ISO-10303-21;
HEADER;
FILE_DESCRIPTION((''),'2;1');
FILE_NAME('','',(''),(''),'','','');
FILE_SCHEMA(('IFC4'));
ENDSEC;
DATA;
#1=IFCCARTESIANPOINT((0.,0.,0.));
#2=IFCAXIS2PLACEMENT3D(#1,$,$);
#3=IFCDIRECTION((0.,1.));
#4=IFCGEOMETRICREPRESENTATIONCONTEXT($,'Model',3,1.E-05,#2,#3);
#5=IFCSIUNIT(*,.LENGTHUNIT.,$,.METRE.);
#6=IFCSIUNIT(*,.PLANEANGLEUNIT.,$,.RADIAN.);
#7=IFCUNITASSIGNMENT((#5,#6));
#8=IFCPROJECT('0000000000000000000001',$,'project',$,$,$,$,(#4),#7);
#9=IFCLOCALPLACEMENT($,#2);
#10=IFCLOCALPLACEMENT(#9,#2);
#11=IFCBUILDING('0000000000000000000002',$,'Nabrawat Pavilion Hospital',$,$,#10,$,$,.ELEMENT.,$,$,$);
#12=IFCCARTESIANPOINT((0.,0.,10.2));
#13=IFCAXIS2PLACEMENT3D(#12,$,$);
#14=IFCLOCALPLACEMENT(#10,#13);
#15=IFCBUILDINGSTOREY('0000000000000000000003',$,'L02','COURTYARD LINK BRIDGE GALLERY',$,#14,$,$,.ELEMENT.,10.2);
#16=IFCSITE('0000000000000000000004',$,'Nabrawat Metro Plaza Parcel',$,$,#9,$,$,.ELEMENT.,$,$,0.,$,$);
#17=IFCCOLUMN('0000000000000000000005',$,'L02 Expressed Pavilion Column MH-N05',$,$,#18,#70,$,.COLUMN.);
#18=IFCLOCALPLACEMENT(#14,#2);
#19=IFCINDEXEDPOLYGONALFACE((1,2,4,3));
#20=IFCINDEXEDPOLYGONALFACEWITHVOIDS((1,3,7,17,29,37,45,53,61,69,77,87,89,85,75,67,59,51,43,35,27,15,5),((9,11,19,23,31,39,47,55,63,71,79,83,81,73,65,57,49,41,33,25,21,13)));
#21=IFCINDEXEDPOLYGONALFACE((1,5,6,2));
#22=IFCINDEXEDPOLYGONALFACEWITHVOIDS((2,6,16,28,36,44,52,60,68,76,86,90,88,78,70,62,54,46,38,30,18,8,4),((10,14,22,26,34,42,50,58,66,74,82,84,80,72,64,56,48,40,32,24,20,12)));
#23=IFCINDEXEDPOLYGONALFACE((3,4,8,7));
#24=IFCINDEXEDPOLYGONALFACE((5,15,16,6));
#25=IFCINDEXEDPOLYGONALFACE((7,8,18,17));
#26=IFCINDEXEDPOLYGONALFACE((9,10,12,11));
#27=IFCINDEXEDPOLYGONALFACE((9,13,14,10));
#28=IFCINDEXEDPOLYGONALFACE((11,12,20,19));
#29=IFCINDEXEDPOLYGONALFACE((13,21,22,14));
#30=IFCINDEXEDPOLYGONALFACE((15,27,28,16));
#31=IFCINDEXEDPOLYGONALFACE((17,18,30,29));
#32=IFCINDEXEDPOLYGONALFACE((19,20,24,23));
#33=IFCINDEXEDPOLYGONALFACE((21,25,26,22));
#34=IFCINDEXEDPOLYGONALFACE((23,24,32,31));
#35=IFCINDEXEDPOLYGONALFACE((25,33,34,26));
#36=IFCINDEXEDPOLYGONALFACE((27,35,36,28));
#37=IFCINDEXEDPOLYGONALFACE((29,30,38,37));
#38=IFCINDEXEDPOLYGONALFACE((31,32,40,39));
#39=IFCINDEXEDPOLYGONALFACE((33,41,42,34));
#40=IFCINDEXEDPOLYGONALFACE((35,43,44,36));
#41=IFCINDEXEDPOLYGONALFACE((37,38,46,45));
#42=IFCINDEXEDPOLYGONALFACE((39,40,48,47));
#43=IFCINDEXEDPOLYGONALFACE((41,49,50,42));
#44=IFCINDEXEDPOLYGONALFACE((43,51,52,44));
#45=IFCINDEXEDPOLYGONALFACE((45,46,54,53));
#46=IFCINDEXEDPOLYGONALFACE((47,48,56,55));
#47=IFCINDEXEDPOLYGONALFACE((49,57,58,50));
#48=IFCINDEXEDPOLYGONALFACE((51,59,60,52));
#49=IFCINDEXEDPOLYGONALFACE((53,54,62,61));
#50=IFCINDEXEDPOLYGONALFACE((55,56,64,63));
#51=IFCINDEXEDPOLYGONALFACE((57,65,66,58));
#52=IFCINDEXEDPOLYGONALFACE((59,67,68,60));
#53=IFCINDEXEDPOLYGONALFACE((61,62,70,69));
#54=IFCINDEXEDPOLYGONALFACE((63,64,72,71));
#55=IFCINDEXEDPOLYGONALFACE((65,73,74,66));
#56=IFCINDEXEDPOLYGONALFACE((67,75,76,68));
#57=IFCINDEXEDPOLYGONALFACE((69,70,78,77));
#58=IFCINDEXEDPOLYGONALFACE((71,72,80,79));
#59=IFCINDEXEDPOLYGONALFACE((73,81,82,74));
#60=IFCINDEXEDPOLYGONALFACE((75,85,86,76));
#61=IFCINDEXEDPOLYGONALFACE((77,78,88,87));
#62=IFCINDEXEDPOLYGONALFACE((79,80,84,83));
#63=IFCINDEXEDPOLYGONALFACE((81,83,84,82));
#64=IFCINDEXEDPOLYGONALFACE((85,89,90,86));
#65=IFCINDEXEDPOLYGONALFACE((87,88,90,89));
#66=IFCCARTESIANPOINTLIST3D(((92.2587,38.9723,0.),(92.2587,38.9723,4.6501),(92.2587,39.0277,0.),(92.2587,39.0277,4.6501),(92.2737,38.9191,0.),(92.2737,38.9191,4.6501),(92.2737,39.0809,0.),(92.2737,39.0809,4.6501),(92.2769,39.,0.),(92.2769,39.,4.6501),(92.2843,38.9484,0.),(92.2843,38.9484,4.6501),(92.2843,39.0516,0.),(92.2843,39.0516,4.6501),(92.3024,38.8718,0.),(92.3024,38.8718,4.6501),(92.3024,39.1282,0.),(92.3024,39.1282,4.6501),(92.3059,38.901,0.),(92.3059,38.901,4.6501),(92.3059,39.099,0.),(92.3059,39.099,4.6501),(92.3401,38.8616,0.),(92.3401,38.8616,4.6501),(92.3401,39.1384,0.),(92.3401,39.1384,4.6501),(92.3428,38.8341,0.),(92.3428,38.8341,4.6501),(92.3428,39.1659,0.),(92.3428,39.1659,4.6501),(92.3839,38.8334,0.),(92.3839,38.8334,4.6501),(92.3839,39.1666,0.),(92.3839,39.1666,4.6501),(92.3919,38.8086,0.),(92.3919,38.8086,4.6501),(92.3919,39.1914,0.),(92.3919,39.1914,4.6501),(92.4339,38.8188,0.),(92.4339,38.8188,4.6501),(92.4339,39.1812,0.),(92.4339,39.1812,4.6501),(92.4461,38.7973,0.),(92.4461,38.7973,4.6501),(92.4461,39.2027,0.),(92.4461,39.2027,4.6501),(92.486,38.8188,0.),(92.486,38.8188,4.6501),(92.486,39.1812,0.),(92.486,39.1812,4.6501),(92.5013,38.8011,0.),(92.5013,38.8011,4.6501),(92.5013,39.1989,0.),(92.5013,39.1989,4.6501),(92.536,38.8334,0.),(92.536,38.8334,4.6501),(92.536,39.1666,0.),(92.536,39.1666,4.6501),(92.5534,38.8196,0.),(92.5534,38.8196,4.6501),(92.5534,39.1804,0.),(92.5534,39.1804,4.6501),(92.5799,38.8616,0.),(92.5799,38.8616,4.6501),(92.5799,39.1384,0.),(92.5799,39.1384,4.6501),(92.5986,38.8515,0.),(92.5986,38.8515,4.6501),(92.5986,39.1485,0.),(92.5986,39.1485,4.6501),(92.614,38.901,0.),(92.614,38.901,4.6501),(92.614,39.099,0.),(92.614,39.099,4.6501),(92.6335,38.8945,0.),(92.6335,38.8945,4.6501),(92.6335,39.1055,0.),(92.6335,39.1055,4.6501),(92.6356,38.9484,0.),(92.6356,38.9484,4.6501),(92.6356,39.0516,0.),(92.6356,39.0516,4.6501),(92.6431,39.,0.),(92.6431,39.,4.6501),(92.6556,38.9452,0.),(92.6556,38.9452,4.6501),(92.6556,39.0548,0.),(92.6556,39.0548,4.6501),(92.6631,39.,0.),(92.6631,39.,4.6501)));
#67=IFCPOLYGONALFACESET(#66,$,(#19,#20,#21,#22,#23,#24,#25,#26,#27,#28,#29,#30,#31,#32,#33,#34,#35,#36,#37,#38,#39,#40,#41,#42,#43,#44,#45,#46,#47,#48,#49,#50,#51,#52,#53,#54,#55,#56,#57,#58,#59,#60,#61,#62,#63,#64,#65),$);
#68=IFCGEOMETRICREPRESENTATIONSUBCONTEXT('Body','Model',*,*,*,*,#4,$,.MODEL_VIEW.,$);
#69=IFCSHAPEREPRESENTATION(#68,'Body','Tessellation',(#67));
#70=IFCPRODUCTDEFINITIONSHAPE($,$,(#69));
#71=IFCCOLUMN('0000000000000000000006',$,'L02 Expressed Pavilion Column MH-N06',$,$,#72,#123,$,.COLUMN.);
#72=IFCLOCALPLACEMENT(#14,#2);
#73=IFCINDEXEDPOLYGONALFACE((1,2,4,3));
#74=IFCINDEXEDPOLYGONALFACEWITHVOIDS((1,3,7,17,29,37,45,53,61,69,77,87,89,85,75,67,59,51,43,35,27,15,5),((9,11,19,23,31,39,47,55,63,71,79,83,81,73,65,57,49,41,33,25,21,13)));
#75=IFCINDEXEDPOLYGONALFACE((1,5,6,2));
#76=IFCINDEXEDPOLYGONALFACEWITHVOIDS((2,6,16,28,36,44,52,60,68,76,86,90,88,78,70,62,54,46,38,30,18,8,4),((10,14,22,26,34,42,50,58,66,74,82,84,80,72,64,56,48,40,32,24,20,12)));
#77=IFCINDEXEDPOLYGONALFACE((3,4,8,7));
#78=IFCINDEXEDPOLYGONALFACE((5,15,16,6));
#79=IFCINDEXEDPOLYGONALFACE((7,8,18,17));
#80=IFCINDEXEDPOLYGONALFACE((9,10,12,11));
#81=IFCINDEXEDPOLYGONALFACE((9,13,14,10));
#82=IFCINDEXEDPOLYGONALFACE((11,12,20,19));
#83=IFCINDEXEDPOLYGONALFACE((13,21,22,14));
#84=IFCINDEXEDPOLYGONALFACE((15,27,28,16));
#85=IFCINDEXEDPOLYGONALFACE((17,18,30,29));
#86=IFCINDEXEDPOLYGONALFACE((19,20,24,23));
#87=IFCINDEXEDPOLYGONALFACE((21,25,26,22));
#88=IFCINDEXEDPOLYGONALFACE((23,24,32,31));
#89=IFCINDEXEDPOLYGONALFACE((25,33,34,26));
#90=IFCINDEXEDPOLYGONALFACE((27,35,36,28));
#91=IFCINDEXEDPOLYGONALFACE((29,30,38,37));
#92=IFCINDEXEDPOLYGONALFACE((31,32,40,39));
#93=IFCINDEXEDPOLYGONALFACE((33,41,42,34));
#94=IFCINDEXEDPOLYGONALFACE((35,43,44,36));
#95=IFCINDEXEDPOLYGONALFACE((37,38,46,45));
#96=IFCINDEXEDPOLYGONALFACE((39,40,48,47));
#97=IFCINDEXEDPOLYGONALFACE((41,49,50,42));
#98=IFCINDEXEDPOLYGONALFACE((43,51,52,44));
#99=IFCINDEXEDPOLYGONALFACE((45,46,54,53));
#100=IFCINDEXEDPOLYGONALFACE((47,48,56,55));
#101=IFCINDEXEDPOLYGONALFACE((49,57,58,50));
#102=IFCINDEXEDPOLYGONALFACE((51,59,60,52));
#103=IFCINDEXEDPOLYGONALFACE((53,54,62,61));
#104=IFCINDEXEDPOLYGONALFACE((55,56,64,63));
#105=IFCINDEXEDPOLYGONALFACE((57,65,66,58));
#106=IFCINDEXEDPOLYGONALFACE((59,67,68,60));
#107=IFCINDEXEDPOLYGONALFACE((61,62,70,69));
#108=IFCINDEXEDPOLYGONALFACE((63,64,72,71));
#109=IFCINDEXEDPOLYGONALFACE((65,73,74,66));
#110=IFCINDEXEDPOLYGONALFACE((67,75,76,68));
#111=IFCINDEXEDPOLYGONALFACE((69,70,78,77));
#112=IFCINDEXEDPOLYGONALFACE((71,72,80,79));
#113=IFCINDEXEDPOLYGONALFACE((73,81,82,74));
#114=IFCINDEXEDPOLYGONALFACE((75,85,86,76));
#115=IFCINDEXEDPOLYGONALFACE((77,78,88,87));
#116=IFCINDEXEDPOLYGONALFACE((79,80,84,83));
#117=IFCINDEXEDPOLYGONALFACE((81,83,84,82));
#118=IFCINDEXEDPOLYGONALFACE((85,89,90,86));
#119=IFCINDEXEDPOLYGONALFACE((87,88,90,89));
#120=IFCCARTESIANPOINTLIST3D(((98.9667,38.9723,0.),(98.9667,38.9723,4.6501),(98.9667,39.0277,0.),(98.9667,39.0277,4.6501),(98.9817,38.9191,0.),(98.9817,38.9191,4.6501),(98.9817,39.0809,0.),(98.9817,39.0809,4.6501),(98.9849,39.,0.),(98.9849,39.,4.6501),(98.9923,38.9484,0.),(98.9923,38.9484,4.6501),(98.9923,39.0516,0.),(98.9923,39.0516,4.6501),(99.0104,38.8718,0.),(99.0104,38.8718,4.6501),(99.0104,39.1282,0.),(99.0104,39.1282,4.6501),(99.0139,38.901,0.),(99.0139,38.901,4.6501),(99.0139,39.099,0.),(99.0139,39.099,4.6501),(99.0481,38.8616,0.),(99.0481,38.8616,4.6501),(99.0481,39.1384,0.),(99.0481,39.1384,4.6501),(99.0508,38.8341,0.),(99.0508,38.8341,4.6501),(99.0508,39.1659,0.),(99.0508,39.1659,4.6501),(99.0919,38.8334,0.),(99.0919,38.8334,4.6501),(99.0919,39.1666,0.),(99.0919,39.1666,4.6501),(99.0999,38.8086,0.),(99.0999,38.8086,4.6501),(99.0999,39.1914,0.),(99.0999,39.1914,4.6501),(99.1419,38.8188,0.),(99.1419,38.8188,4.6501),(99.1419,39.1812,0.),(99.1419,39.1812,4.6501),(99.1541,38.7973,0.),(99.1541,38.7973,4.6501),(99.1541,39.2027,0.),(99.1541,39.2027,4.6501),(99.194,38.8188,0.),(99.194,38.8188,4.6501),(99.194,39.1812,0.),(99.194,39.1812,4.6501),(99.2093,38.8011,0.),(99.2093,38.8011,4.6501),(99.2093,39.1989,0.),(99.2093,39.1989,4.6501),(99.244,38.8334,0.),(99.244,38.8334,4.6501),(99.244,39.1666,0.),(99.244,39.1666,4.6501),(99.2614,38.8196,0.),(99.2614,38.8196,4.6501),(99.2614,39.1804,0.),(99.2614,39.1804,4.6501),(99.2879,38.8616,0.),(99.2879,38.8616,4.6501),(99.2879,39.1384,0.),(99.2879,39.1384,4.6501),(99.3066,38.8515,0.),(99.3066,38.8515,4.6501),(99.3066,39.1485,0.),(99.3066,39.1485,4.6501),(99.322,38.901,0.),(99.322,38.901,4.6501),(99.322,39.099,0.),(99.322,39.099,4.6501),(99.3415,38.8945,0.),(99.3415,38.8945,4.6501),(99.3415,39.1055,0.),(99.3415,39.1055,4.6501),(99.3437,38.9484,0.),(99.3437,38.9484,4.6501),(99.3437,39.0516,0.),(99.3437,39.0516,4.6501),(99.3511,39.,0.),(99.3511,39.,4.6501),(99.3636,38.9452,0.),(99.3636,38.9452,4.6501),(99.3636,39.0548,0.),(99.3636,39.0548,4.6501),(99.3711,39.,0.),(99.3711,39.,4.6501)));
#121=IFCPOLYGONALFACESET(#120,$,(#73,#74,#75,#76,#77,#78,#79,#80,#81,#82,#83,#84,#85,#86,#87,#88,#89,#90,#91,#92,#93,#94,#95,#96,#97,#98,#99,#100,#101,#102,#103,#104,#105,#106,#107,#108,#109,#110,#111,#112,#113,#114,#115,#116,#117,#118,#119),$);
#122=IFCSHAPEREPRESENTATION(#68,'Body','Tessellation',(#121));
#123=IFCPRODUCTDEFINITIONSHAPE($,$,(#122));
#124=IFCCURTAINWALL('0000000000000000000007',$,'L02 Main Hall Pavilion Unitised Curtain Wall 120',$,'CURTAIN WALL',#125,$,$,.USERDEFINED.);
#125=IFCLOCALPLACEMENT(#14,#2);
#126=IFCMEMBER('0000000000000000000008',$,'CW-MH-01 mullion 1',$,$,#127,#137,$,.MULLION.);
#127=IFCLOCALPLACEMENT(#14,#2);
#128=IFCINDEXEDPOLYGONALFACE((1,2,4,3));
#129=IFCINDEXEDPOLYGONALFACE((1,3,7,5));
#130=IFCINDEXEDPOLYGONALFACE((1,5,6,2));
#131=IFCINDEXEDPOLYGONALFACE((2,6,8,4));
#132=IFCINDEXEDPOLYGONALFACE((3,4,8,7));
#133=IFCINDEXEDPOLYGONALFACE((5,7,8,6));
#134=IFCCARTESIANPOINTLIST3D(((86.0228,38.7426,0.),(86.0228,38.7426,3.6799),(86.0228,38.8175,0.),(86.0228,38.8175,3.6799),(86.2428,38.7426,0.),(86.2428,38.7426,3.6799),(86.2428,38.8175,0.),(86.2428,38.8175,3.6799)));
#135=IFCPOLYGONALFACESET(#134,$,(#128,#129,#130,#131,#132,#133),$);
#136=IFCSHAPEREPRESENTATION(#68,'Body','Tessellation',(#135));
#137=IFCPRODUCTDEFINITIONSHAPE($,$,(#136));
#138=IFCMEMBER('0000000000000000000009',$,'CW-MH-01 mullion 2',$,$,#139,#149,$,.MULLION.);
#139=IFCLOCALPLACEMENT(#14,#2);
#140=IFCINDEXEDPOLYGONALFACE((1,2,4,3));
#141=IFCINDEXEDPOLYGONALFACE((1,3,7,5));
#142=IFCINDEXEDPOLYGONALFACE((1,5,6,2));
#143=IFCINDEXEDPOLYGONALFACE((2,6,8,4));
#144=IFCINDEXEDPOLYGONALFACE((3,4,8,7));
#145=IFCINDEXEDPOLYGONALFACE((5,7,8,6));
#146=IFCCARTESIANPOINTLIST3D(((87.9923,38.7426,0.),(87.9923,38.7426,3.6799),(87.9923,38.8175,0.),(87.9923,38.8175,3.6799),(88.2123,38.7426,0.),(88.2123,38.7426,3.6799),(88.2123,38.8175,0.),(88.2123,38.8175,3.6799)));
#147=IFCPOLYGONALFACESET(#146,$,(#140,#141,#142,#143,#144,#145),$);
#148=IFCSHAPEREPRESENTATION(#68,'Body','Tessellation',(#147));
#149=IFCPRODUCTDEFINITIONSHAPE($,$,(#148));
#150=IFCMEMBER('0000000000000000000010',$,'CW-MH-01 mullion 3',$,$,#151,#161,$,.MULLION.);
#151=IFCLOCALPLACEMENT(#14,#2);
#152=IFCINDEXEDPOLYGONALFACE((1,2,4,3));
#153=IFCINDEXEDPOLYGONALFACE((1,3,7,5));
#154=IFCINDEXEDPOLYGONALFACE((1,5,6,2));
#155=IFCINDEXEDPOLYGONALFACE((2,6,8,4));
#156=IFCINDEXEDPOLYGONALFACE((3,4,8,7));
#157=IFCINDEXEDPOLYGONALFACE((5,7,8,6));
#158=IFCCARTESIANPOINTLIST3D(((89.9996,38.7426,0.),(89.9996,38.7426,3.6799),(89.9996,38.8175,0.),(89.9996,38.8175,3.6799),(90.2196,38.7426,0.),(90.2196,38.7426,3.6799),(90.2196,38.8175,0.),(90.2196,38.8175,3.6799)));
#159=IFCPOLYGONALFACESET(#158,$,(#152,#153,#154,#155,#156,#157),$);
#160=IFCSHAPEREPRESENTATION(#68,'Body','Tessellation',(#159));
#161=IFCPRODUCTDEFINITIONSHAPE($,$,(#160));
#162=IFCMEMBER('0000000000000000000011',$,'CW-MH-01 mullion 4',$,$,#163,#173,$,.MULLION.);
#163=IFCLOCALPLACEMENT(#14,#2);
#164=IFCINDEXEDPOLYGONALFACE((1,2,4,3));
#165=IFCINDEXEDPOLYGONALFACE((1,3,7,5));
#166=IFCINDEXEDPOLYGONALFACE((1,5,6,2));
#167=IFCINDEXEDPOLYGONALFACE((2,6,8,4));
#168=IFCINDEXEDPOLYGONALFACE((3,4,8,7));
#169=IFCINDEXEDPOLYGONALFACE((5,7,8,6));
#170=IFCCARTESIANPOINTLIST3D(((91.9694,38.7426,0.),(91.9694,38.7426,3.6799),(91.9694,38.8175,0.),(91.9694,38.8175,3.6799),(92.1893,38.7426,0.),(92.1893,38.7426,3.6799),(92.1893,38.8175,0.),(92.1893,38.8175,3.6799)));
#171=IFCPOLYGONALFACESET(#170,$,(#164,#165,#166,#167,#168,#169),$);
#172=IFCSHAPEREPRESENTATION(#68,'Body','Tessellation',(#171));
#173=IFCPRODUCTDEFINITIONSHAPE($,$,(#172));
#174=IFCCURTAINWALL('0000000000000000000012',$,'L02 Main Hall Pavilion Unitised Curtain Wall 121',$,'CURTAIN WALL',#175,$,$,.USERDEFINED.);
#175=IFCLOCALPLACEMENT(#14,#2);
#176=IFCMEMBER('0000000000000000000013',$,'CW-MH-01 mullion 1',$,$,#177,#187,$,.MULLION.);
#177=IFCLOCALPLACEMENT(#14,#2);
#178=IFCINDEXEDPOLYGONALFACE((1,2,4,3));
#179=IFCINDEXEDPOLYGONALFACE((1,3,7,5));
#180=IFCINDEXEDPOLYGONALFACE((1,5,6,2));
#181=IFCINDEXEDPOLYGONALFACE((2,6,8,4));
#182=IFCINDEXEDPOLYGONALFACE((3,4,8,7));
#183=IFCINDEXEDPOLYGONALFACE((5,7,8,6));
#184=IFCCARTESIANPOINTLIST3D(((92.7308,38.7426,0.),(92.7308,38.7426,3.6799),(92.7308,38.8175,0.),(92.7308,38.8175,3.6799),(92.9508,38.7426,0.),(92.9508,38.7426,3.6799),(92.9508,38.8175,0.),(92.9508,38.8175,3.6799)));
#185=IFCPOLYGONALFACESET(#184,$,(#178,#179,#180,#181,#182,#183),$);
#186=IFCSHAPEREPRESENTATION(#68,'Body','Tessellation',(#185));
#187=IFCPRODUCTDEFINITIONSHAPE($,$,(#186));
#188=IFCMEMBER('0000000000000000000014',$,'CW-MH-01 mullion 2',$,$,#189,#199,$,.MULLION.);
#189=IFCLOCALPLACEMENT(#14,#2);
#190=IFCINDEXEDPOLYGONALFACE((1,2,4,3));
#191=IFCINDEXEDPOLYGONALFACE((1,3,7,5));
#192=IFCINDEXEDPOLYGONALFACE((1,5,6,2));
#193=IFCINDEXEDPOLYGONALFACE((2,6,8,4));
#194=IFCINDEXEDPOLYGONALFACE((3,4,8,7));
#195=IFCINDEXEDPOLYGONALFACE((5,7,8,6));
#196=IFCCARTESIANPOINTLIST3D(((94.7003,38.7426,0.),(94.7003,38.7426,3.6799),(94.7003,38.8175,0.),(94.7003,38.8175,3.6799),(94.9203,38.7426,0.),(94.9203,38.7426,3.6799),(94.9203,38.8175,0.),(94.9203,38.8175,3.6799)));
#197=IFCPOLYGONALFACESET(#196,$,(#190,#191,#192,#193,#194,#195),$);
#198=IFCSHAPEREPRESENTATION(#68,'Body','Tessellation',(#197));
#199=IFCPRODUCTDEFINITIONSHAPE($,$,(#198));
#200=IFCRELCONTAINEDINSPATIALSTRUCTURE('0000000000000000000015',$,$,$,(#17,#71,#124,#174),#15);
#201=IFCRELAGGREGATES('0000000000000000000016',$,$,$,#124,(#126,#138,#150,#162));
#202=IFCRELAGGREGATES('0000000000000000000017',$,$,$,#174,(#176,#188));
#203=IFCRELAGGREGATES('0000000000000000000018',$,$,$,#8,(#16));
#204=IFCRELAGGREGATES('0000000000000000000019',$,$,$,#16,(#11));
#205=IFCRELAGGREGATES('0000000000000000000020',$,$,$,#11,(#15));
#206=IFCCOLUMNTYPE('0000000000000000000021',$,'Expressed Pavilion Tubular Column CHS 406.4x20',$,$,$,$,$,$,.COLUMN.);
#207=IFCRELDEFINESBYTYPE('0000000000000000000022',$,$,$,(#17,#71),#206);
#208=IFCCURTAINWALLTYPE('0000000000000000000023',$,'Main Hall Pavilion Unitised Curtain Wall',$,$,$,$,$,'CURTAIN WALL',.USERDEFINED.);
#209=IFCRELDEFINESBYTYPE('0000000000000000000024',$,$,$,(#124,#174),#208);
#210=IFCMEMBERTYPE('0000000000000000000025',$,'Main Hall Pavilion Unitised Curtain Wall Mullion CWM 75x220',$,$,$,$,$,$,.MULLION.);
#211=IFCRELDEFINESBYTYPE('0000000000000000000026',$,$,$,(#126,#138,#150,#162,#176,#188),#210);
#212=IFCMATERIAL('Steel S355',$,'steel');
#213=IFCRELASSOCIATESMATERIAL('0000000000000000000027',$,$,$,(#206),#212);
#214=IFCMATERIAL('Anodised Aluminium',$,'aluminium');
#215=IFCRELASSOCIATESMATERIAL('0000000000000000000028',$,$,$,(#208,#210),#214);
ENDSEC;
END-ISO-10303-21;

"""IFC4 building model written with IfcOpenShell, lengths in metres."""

from ifc_helpers import new_model, si_unit, direction, frame, origin, origin_2d, place, context, subcontext, project, spatial, rectangle, hollow_circle, extrude, material, material_profile, profile_set, type_object, element, aggregate, save


model = new_model("IFC4")

# Units and contexts
model_context = context("Model", 3, precision=1e-05, world=origin(), true_north=direction((0.0, 1.0)))
body_context = subcontext(model_context, "Body", "Model", "MODEL_VIEW")
ifc_project = project(units=[si_unit("LENGTHUNIT", "METRE"), si_unit("PLANEANGLEUNIT", "RADIAN")], contexts=[model_context])

# Site, building, storey
site_placement = place(None, origin())
site = spatial("IfcSite", under=ifc_project, at=site_placement, Name="Nabrawat Metro Plaza Parcel", CompositionType="ELEMENT", RefElevation=0.0)
building_placement = place(site_placement, origin())
building = spatial("IfcBuilding", under=site, at=building_placement, Name="Nabrawat Pavilion Hospital", CompositionType="ELEMENT")
storey_placement = place(building_placement, frame((0.0, 0.0, 10.2)))
storey = spatial("IfcBuildingStorey", under=building, at=storey_placement, Name="L02", Description="COURTYARD LINK BRIDGE GALLERY", CompositionType="ELEMENT", Elevation=10.2)

# Columns
ifc_material_1 = material(Name="Steel S355", Category="steel")
ifc_material_profile_1 = material_profile(ifc_material_1, hollow_circle(Radius=0.2031, WallThickness=0.02, at=origin_2d()), Name="CHS 406.4x20")
ifc_profile_set_1 = profile_set([ifc_material_profile_1], Name="Steel S355")
column_type = type_object("IfcColumnType", Name="Expressed Pavilion Tubular Column CHS 406.4x20", PredefinedType="COLUMN", material=ifc_profile_set_1)
for number, where, z_axis, x_axis, name in (
    (1, (92.46, 39.0, 0.0), (0.0, 0.0, 1.0), (1.0, 0.0, 0.0), "L02 Expressed Pavilion Column MH-N05"),
    (2, (99.168, 39.0, 0.0), (0.0, 0.0, 1.0), (1.0, 0.0, 0.0), "L02 Expressed Pavilion Column MH-N06"),
):
    element("IfcColumn", number, at=place(storey_placement, frame(where, z_axis=z_axis, x_axis=x_axis)), inside=storey, type_object=column_type, Name=name, PredefinedType="COLUMN", context=body_context, shape_type="SweptSolid", body=[
        extrude(hollow_circle(Radius=0.2031, WallThickness=0.02, at=origin_2d()), origin(), (0.0, 0.0, 1.0), 4.6501),
    ])

# Curtain walls, members
ifc_material_2 = material(Name="Anodised Aluminium", Category="aluminium")
curtain_wall_type = type_object("IfcCurtainWallType", Name="Main Hall Pavilion Unitised Curtain Wall", ElementType="CURTAIN WALL", PredefinedType="USERDEFINED", material=ifc_material_2)
curtain_wall_1_placement = place(storey_placement, origin())
curtain_wall_1 = element("IfcCurtainWall", 3, at=curtain_wall_1_placement, inside=storey, type_object=curtain_wall_type, Name="L02 Main Hall Pavilion Unitised Curtain Wall 120", ObjectType="CURTAIN WALL", PredefinedType="USERDEFINED")
ifc_material_profile_2 = material_profile(ifc_material_2, rectangle(XDim=0.075, YDim=0.22, at=origin_2d()), Name="CWM 75x220")
ifc_profile_set_2 = profile_set([ifc_material_profile_2], Name="Anodised Aluminium")
member_type_1 = type_object("IfcMemberType", Name="Main Hall Pavilion Unitised Curtain Wall Mullion CWM 75x220", PredefinedType="MULLION", material=ifc_profile_set_2)
member_1_placement = place(storey_placement, frame((86.1328, 38.78, 0.0), z_axis=(0.0, 0.0, 1.0), x_axis=(0.0, 1.0, 0.0)))
member_1 = element("IfcMember", 4, at=member_1_placement, type_object=member_type_1, Name="CW-MH-01 mullion 1", PredefinedType="MULLION", context=body_context, shape_type="SweptSolid", body=[
    extrude(rectangle(XDim=0.075, YDim=0.22, at=origin_2d()), origin(), (0.0, 0.0, 1.0), 3.6799),
])
member_2_placement = place(storey_placement, frame((88.1023, 38.78, 0.0), z_axis=(0.0, 0.0, 1.0), x_axis=(0.0, 1.0, 0.0)))
member_2 = element("IfcMember", 5, at=member_2_placement, type_object=member_type_1, Name="CW-MH-01 mullion 2", PredefinedType="MULLION", context=body_context, shape_type="SweptSolid", body=[
    extrude(rectangle(XDim=0.075, YDim=0.22, at=origin_2d()), origin(), (0.0, 0.0, 1.0), 3.6799),
])
member_3_placement = place(storey_placement, frame((90.1096, 38.78, 0.0), z_axis=(0.0, 0.0, 1.0), x_axis=(0.0, 1.0, 0.0)))
member_3 = element("IfcMember", 6, at=member_3_placement, type_object=member_type_1, Name="CW-MH-01 mullion 3", PredefinedType="MULLION", context=body_context, shape_type="SweptSolid", body=[
    extrude(rectangle(XDim=0.075, YDim=0.22, at=origin_2d()), origin(), (0.0, 0.0, 1.0), 3.6799),
])
member_4_placement = place(storey_placement, frame((92.0793, 38.78, 0.0), z_axis=(0.0, 0.0, 1.0), x_axis=(0.0, 1.0, 0.0)))
member_4 = element("IfcMember", 7, at=member_4_placement, type_object=member_type_1, Name="CW-MH-01 mullion 4", PredefinedType="MULLION", context=body_context, shape_type="SweptSolid", body=[
    extrude(rectangle(XDim=0.075, YDim=0.22, at=origin_2d()), origin(), (0.0, 0.0, 1.0), 3.6799),
])
curtain_wall_2_placement = place(storey_placement, origin())
curtain_wall_2 = element("IfcCurtainWall", 8, at=curtain_wall_2_placement, inside=storey, type_object=curtain_wall_type, Name="L02 Main Hall Pavilion Unitised Curtain Wall 121", ObjectType="CURTAIN WALL", PredefinedType="USERDEFINED")
member_5_placement = place(storey_placement, frame((92.8408, 38.78, 0.0), z_axis=(0.0, 0.0, 1.0), x_axis=(0.0, 1.0, 0.0)))
member_5 = element("IfcMember", 9, at=member_5_placement, type_object=member_type_1, Name="CW-MH-01 mullion 1", PredefinedType="MULLION", context=body_context, shape_type="SweptSolid", body=[
    extrude(rectangle(XDim=0.075, YDim=0.22, at=origin_2d()), origin(), (0.0, 0.0, 1.0), 3.6799),
])
member_6_placement = place(storey_placement, frame((94.8103, 38.78, 0.0), z_axis=(0.0, 0.0, 1.0), x_axis=(0.0, 1.0, 0.0)))
member_6 = element("IfcMember", 10, at=member_6_placement, type_object=member_type_1, Name="CW-MH-01 mullion 2", PredefinedType="MULLION", context=body_context, shape_type="SweptSolid", body=[
    extrude(rectangle(XDim=0.075, YDim=0.22, at=origin_2d()), origin(), (0.0, 0.0, 1.0), 3.6799),
])

aggregate(curtain_wall_1, [member_1, member_2, member_3, member_4])
aggregate(curtain_wall_2, [member_5, member_6])

save(model, "model.ifc")
